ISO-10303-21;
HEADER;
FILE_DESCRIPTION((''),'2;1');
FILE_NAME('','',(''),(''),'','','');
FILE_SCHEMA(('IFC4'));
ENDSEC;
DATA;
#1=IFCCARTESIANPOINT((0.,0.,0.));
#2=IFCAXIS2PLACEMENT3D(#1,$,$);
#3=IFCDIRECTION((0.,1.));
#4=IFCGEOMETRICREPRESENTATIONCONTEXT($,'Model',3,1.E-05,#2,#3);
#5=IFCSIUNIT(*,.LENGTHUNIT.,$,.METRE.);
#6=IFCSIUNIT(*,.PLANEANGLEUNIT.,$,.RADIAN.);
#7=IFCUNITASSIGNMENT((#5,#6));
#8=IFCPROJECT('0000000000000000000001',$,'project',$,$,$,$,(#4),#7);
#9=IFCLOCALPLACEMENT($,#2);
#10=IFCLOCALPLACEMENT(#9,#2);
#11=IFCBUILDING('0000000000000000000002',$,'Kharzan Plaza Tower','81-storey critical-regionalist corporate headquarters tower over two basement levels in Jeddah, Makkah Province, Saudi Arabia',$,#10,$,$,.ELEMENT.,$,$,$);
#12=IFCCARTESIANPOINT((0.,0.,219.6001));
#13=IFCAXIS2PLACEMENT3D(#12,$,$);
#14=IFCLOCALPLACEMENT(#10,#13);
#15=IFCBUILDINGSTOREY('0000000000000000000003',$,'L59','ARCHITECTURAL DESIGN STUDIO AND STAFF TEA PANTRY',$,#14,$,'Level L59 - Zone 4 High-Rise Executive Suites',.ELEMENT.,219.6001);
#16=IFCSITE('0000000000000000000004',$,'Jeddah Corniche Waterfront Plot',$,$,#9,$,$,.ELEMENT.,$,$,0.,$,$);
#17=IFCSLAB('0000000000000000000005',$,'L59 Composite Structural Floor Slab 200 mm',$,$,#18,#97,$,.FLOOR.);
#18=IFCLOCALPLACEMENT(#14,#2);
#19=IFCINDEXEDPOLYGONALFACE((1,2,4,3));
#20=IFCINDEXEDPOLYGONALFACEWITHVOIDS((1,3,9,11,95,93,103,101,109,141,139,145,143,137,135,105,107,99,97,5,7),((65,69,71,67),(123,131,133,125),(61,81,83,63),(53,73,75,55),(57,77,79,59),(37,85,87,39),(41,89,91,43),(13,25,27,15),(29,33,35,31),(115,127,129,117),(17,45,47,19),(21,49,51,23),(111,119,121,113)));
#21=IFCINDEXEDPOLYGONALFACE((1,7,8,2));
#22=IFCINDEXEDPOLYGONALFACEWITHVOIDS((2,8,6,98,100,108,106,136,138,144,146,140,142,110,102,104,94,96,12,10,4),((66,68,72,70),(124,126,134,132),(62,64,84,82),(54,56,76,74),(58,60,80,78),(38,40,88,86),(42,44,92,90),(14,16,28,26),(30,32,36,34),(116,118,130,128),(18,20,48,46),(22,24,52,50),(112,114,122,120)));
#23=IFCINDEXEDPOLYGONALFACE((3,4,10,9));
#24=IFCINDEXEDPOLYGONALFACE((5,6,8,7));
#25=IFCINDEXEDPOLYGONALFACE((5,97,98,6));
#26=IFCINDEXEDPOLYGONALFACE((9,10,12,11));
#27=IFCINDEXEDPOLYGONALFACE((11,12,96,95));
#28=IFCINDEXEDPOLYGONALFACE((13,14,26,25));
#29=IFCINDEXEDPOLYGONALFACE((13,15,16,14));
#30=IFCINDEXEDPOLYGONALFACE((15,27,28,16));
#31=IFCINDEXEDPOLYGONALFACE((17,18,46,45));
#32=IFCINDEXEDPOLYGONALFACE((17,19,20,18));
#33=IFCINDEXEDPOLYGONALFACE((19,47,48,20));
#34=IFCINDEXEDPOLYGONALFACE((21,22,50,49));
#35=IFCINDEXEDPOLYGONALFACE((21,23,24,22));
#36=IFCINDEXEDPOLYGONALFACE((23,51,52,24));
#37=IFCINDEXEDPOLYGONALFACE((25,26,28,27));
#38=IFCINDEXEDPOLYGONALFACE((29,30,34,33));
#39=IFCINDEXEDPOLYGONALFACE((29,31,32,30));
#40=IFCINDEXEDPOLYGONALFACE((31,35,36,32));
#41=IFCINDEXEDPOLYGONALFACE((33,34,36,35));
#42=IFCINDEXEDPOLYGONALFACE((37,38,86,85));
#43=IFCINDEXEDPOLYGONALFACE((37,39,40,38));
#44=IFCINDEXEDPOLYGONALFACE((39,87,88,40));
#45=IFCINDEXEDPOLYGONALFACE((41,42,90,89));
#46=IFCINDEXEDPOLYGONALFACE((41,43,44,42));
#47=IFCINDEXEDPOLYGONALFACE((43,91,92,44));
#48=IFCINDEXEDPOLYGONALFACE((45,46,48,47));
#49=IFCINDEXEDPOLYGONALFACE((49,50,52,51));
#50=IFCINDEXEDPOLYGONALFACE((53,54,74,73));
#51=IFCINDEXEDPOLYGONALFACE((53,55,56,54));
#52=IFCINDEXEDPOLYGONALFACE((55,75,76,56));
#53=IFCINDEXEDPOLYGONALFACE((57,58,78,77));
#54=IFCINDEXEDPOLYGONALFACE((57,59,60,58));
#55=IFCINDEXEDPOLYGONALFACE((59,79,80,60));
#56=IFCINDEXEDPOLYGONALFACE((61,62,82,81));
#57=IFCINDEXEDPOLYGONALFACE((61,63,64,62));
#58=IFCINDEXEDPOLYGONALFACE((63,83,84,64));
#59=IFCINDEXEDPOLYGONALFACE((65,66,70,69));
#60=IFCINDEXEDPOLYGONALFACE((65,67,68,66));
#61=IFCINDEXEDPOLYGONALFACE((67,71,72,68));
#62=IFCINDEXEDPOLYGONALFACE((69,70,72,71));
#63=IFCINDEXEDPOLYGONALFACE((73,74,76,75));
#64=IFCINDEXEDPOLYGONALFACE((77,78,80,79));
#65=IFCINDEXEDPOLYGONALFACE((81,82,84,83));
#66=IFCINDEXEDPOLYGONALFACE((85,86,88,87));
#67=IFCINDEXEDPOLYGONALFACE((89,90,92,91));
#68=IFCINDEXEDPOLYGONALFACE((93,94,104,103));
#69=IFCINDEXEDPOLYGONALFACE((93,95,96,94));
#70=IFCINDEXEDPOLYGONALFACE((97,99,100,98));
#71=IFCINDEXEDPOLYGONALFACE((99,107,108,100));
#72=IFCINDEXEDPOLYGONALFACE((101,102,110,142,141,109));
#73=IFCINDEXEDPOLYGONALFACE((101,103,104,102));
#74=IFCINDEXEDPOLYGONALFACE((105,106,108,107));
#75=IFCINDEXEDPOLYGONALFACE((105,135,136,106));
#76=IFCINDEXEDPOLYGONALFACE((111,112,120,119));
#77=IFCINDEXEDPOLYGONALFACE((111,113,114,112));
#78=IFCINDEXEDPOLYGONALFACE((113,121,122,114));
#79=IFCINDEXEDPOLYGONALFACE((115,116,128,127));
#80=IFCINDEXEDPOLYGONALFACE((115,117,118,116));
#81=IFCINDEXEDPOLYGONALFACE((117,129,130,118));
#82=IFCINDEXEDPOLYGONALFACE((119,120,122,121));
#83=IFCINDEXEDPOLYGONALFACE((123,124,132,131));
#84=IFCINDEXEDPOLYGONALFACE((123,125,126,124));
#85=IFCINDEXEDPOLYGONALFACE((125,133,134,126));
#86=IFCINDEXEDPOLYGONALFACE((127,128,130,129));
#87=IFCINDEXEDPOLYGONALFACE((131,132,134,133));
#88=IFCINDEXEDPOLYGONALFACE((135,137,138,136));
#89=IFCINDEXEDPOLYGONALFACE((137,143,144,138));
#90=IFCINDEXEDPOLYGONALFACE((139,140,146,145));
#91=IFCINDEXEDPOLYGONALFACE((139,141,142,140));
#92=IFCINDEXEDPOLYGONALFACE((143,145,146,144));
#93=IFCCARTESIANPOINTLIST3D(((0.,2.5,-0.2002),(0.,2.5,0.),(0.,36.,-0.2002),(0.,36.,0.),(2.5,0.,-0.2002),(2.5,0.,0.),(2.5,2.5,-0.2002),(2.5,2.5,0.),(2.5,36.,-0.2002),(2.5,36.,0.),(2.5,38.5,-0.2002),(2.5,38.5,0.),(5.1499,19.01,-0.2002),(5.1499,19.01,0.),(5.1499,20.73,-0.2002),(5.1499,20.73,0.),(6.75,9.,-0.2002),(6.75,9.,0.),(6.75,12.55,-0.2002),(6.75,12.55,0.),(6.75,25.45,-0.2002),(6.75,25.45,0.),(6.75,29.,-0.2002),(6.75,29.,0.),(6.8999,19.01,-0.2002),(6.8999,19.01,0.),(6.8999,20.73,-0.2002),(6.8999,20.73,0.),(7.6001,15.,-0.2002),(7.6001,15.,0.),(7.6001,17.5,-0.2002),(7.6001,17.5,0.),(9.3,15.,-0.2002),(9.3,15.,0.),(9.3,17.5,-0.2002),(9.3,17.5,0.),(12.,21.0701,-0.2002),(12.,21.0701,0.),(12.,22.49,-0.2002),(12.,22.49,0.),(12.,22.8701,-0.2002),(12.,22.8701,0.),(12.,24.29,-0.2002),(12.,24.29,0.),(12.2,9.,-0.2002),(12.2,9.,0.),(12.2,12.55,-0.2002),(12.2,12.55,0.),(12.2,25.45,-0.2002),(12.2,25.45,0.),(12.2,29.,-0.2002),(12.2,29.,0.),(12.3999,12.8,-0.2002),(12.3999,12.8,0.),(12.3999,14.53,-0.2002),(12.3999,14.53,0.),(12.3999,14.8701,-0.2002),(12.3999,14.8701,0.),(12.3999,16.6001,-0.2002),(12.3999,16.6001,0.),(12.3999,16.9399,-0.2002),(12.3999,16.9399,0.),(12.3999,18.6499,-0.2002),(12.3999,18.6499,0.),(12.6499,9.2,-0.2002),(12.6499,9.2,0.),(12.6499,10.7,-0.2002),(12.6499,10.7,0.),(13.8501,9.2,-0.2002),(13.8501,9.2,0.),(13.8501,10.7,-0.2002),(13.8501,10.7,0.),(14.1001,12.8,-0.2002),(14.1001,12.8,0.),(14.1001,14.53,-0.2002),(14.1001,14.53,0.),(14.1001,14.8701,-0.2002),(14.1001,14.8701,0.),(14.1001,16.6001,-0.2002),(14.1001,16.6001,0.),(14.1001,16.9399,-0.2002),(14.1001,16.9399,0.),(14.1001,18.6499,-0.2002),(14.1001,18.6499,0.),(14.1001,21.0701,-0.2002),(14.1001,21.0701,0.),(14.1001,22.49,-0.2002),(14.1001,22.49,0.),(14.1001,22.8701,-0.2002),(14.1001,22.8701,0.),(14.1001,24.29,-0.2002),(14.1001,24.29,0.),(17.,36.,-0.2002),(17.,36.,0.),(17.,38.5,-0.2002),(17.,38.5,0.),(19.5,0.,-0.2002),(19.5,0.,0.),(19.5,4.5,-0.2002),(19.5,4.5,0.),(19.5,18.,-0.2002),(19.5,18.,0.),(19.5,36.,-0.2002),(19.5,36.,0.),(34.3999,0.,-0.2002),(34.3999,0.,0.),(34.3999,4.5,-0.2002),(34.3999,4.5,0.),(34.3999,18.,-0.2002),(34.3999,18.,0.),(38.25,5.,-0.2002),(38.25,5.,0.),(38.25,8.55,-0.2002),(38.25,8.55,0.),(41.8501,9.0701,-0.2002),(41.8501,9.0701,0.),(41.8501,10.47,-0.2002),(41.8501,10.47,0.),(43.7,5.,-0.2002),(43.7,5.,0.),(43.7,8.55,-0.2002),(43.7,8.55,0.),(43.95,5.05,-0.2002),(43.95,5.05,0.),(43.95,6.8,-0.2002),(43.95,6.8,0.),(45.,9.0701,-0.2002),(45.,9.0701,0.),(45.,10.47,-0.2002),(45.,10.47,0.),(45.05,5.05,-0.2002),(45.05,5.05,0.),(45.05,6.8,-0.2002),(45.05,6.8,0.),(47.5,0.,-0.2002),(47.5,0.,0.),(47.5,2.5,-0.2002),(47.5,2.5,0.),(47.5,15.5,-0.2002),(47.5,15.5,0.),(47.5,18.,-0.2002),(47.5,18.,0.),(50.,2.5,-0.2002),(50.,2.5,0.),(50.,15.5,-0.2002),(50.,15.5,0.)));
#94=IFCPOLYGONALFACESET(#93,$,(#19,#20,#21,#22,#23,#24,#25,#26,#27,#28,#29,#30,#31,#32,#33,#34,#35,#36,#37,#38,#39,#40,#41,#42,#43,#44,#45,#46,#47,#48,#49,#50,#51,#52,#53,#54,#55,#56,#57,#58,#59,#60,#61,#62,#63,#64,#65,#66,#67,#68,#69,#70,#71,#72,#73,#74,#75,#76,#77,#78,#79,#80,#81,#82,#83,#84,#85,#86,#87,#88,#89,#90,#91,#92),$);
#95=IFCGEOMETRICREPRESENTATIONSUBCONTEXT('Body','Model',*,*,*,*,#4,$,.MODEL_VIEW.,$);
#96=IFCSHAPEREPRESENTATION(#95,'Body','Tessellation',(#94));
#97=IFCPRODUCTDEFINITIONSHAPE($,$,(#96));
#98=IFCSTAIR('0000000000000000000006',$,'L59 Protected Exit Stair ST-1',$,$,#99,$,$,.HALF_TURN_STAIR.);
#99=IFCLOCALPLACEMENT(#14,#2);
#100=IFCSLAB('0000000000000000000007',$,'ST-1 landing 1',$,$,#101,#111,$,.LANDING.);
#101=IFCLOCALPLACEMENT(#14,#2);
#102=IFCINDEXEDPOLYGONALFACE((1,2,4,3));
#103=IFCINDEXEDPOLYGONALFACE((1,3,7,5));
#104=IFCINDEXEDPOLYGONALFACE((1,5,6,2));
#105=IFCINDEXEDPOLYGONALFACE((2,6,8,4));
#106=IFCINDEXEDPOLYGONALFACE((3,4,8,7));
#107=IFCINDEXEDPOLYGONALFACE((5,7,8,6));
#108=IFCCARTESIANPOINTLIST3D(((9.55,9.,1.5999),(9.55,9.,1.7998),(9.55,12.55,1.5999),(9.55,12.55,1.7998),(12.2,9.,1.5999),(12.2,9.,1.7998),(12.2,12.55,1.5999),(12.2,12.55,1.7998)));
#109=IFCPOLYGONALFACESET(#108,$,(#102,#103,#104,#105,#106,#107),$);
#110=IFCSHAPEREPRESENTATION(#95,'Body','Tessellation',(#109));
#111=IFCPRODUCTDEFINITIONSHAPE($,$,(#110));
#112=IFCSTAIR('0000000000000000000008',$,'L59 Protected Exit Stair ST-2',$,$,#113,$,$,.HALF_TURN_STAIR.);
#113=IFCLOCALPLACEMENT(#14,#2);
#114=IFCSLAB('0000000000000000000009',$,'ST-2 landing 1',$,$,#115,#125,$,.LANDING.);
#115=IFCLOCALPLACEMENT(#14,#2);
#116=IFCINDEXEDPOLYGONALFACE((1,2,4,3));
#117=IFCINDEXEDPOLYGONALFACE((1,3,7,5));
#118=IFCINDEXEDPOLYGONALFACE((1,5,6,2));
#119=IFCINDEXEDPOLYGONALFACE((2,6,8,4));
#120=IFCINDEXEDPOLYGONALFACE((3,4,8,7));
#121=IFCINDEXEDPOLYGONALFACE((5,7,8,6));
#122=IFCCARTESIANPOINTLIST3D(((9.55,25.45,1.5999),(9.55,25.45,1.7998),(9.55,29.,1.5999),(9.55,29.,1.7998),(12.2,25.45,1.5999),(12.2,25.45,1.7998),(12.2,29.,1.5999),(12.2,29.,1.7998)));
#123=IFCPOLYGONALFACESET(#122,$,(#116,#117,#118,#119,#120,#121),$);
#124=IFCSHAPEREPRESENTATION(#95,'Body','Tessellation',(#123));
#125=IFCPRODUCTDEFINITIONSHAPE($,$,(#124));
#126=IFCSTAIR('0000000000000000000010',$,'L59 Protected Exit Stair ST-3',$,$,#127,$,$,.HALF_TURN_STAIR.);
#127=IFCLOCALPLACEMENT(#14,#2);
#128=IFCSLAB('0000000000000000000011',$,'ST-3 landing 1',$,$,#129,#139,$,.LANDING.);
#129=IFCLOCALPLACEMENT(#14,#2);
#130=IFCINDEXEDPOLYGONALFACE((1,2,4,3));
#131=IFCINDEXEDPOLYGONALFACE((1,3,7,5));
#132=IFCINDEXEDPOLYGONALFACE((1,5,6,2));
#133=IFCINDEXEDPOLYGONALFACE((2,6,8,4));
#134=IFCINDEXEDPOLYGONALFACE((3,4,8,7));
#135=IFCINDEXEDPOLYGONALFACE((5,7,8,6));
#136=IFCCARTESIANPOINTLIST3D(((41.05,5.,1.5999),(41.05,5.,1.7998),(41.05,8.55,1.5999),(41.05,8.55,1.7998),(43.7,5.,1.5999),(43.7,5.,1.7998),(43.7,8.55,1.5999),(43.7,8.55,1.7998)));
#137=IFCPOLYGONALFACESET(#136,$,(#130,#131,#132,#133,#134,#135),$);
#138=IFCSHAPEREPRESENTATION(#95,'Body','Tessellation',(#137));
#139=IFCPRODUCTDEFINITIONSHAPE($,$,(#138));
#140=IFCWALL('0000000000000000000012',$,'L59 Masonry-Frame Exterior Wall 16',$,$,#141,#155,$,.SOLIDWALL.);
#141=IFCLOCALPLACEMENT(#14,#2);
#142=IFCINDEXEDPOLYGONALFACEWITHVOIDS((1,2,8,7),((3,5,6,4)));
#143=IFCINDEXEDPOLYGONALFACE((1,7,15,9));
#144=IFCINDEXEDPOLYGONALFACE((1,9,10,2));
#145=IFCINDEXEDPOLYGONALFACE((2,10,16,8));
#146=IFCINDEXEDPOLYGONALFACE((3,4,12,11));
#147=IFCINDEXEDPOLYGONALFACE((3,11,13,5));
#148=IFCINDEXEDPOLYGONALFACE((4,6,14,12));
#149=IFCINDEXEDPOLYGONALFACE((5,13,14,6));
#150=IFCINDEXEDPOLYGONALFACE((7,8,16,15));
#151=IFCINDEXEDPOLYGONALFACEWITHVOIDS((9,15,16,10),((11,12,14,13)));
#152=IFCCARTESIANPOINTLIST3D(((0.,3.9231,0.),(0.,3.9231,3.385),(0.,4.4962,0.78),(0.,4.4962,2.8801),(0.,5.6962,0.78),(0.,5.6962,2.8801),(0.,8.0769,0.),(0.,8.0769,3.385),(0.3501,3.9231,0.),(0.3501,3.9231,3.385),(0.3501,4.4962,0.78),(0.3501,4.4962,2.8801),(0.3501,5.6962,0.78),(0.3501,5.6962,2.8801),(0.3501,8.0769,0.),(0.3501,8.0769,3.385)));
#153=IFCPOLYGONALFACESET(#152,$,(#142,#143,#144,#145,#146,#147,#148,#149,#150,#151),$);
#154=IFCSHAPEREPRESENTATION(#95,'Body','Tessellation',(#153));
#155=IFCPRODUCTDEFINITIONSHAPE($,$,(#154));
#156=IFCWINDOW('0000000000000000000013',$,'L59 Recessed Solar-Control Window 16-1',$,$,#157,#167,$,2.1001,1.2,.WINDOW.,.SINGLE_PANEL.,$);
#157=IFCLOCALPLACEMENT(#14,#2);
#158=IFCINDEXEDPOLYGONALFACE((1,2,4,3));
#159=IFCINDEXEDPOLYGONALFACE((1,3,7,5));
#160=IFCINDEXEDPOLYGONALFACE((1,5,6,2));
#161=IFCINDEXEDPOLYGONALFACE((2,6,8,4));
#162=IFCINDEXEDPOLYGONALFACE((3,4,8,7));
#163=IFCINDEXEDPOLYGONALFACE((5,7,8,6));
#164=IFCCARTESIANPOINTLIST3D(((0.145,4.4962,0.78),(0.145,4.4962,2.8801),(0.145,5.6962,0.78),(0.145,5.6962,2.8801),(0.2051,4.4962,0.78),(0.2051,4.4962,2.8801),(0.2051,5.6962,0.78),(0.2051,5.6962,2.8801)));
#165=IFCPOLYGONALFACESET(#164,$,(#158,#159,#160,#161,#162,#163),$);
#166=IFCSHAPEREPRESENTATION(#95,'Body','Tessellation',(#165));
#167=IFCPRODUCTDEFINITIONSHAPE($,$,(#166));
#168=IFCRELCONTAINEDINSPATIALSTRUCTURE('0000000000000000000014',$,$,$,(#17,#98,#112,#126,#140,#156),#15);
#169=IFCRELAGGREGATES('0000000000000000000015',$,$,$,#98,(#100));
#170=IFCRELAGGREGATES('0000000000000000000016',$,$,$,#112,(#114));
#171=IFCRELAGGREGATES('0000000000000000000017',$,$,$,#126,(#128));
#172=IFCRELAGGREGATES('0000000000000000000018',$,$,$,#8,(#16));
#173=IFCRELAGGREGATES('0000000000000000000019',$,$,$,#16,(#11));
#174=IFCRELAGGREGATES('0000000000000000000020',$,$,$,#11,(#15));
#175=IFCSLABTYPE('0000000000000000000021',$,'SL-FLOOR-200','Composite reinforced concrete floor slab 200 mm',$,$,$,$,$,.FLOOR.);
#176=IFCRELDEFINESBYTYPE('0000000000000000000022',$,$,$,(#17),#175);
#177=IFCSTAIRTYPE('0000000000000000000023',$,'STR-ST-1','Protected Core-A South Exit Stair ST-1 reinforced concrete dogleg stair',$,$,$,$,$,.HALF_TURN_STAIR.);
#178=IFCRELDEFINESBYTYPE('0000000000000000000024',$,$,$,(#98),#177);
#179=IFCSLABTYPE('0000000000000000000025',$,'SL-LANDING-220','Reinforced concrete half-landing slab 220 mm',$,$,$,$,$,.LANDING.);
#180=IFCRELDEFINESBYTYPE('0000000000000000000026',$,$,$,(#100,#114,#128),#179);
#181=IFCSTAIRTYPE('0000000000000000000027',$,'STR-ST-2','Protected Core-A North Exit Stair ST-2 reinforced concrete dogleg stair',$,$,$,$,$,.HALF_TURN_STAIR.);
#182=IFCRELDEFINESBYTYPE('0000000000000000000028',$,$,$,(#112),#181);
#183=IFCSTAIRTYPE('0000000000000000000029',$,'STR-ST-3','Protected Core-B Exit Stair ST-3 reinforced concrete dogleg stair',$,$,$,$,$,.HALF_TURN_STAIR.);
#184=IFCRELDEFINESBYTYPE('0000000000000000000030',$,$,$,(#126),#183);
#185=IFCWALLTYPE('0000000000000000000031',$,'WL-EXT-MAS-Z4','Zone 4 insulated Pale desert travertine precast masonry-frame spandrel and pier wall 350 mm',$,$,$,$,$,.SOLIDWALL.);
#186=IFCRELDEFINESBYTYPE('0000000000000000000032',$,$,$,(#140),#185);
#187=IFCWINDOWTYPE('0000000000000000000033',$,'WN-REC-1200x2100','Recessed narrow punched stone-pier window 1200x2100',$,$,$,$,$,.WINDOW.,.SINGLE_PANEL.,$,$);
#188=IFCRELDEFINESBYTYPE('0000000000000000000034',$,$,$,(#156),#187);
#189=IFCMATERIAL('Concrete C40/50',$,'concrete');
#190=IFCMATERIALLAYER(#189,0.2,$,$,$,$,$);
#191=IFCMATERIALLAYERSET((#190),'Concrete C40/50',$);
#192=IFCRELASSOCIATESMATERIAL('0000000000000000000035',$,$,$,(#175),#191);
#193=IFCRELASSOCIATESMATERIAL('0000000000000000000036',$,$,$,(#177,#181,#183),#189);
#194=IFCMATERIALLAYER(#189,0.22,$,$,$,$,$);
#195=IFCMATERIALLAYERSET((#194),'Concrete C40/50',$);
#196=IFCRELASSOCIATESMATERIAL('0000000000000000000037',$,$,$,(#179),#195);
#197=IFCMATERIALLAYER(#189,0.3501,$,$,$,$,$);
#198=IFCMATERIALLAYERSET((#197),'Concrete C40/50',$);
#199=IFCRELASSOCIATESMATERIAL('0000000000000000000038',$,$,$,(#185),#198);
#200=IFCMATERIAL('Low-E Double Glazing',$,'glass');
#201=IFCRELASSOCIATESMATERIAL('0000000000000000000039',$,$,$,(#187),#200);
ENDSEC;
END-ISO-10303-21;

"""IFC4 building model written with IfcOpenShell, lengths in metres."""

from ifc_helpers import new_model, si_unit, direction, frame, frame_2d, origin, place, context, subcontext, project, spatial, polyline, rectangle, outline, extrude, source, transform, mapped, material, layer, layer_set, type_object, element, fill, aggregate, save


model = new_model("IFC4")

# Units and contexts
model_context = context("Model", 3, precision=1e-05, world=origin(), true_north=direction((0.0, 1.0)))
body_context = subcontext(model_context, "Body", "Model", "MODEL_VIEW")
ifc_project = project(units=[si_unit("LENGTHUNIT", "METRE"), si_unit("PLANEANGLEUNIT", "RADIAN")], contexts=[model_context])

# Site, building, storey
site_placement = place(None, origin())
site = spatial("IfcSite", under=ifc_project, at=site_placement, Name="Jeddah Corniche Waterfront Plot", CompositionType="ELEMENT", RefElevation=0.0)
building_placement = place(site_placement, origin())
building = spatial("IfcBuilding", under=site, at=building_placement, Name="Kharzan Plaza Tower", Description="81-storey critical-regionalist corporate headquarters tower over two basement levels in Jeddah, Makkah Province, Saudi Arabia", CompositionType="ELEMENT")
storey_placement = place(building_placement, frame((0.0, 0.0, 219.6001)))
storey = spatial("IfcBuildingStorey", under=building, at=storey_placement, Name="L59", Description="ARCHITECTURAL DESIGN STUDIO AND STAFF TEA PANTRY", LongName="Level L59 - Zone 4 High-Rise Executive Suites", CompositionType="ELEMENT", Elevation=219.6001)

# Slab
ifc_material_1 = material(Name="Concrete C40/50", Category="concrete")
ifc_layer_1 = layer(ifc_material_1, 0.2)
ifc_layer_set_1 = layer_set([ifc_layer_1], Name="Concrete C40/50")
slab_type_1 = type_object("IfcSlabType", Name="SL-FLOOR-200", Description="Composite reinforced concrete floor slab 200 mm", PredefinedType="FLOOR", material=ifc_layer_set_1)
slab_1_placement = place(storey_placement, frame((0.0, 0.0, -0.2002)))
element("IfcSlab", 1, at=slab_1_placement, inside=storey, type_object=slab_type_1, Name="L59 Composite Structural Floor Slab 200 mm", PredefinedType="FLOOR", context=body_context, shape_type="SweptSolid", body=[
    extrude(outline(polyline([(34.3999, 18.0), (19.5, 18.0), (19.5, 36.0), (17.0, 36.0), (17.0, 38.5), (2.5, 38.5), (2.5, 36.0), (0.0, 36.0), (0.0, 2.5), (2.5, 2.5), (2.5, 0.0), (19.5, 0.0), (19.5, 4.5), (34.3999, 4.5), (34.3999, 0.0), (47.5, 0.0), (47.5, 2.5), (50.0, 2.5), (50.0, 15.5), (47.5, 15.5), (47.5, 18.0), (34.3999, 18.0)]), holes=[polyline([(12.2, 12.55), (6.75, 12.55), (6.75, 9.0), (12.2, 9.0), (12.2, 12.55)]), polyline([(14.1001, 12.8), (14.1001, 14.53), (12.3999, 14.53), (12.3999, 12.8), (14.1001, 12.8)]), polyline([(9.3, 15.0), (9.3, 17.5), (7.6001, 17.5), (7.6001, 15.0), (9.3, 15.0)]), polyline([(6.8999, 20.73), (5.1499, 20.73), (5.1499, 19.01), (6.8999, 19.01), (6.8999, 20.73)]), polyline([(14.1001, 21.0701), (14.1001, 22.49), (12.0, 22.49), (12.0, 21.0701), (14.1001, 21.0701)]), polyline([(14.1001, 22.8701), (14.1001, 24.29), (12.0, 24.29), (12.0, 22.8701), (14.1001, 22.8701)]), polyline([(12.2, 29.0), (6.75, 29.0), (6.75, 25.45), (12.2, 25.45), (12.2, 29.0)]), polyline([(45.05, 5.05), (45.05, 6.8), (43.95, 6.8), (43.95, 5.05), (45.05, 5.05)]), polyline([(43.7, 5.0), (43.7, 8.55), (38.25, 8.55), (38.25, 5.0), (43.7, 5.0)]), polyline([(45.0, 9.0701), (45.0, 10.47), (41.8501, 10.47), (41.8501, 9.0701), (45.0, 9.0701)]), polyline([(13.8501, 9.2), (13.8501, 10.7), (12.6499, 10.7), (12.6499, 9.2), (13.8501, 9.2)]), polyline([(14.1001, 14.8701), (14.1001, 16.6001), (12.3999, 16.6001), (12.3999, 14.8701), (14.1001, 14.8701)]), polyline([(14.1001, 16.9399), (14.1001, 18.6499), (12.3999, 18.6499), (12.3999, 16.9399), (14.1001, 16.9399)])]), origin(), (0.0, 0.0, 1.0), 0.2002),
])

# Stairs, slabs
stair_type_1 = type_object("IfcStairType", Name="STR-ST-1", Description="Protected Core-A South Exit Stair ST-1 reinforced concrete dogleg stair", PredefinedType="HALF_TURN_STAIR", material=ifc_material_1)
stair_1_placement = place(storey_placement, origin())
stair_1 = element("IfcStair", 2, at=stair_1_placement, inside=storey, type_object=stair_type_1, Name="L59 Protected Exit Stair ST-1", PredefinedType="HALF_TURN_STAIR")
ifc_layer_2 = layer(ifc_material_1, 0.22)
ifc_layer_set_2 = layer_set([ifc_layer_2], Name="Concrete C40/50")
slab_type_2 = type_object("IfcSlabType", Name="SL-LANDING-220", Description="Reinforced concrete half-landing slab 220 mm", PredefinedType="LANDING", material=ifc_layer_set_2)
slab_2_placement = place(storey_placement, frame((0.0, 0.0, 1.5999)))
slab_2 = element("IfcSlab", 3, at=slab_2_placement, type_object=slab_type_2, Name="ST-1 landing 1", PredefinedType="LANDING", context=body_context, shape_type="SweptSolid", body=[
    extrude(outline(polyline([(9.55, 9.0), (12.2, 9.0), (12.2, 12.55), (9.55, 12.55), (9.55, 9.0)])), origin(), (0.0, 0.0, 1.0), 0.2),
])
aggregate(stair_1, [slab_2])
stair_type_2 = type_object("IfcStairType", Name="STR-ST-2", Description="Protected Core-A North Exit Stair ST-2 reinforced concrete dogleg stair", PredefinedType="HALF_TURN_STAIR", material=ifc_material_1)
stair_2_placement = place(storey_placement, origin())
stair_2 = element("IfcStair", 4, at=stair_2_placement, inside=storey, type_object=stair_type_2, Name="L59 Protected Exit Stair ST-2", PredefinedType="HALF_TURN_STAIR")
slab_3_placement = place(storey_placement, frame((0.0, 0.0, 1.5999)))
slab_3 = element("IfcSlab", 5, at=slab_3_placement, type_object=slab_type_2, Name="ST-2 landing 1", PredefinedType="LANDING", context=body_context, shape_type="SweptSolid", body=[
    extrude(outline(polyline([(9.55, 25.45), (12.2, 25.45), (12.2, 29.0), (9.55, 29.0), (9.55, 25.45)])), origin(), (0.0, 0.0, 1.0), 0.2),
])
aggregate(stair_2, [slab_3])
stair_type_3 = type_object("IfcStairType", Name="STR-ST-3", Description="Protected Core-B Exit Stair ST-3 reinforced concrete dogleg stair", PredefinedType="HALF_TURN_STAIR", material=ifc_material_1)
stair_3_placement = place(storey_placement, origin())
stair_3 = element("IfcStair", 6, at=stair_3_placement, inside=storey, type_object=stair_type_3, Name="L59 Protected Exit Stair ST-3", PredefinedType="HALF_TURN_STAIR")
slab_4_placement = place(storey_placement, frame((0.0, 0.0, 1.5999)))
slab_4 = element("IfcSlab", 7, at=slab_4_placement, type_object=slab_type_2, Name="ST-3 landing 1", PredefinedType="LANDING", context=body_context, shape_type="SweptSolid", body=[
    extrude(outline(polyline([(41.05, 5.0), (43.7, 5.0), (43.7, 8.55), (41.05, 8.55), (41.05, 5.0)])), origin(), (0.0, 0.0, 1.0), 0.2),
])
aggregate(stair_3, [slab_4])

# Wall, opening, window
ifc_layer_3 = layer(ifc_material_1, 0.3501)
ifc_layer_set_3 = layer_set([ifc_layer_3], Name="Concrete C40/50")
wall_type_1 = type_object("IfcWallType", Name="WL-EXT-MAS-Z4", Description="Zone 4 insulated Pale desert travertine precast masonry-frame spandrel and pier wall 350 mm", PredefinedType="SOLIDWALL", material=ifc_layer_set_3)
wall_1_placement = place(storey_placement, frame((0.175, 8.0769, 0.0), z_axis=(0.0, 0.0, 1.0), x_axis=(0.0, -1.0, 0.0)))
wall_1 = element("IfcWall", 8, at=wall_1_placement, inside=storey, type_object=wall_type_1, Name="L59 Masonry-Frame Exterior Wall 16", PredefinedType="SOLIDWALL", context=body_context, shape_type="SweptSolid", body=[
    extrude(rectangle(XDim=4.1538, YDim=0.3501, at=frame_2d((2.0769, 0.0))), origin(), (0.0, 0.0, 1.0), 3.385),
])
opening_1_placement = place(wall_1_placement, frame((2.3806, 0.0, 0.78)))
opening_1 = element("IfcOpeningElement", 9, at=opening_1_placement, cuts=wall_1, PredefinedType="OPENING", context=body_context, shape_type="SweptSolid", body=[
    extrude(rectangle(XDim=1.2, YDim=2.1001, at=frame_2d((0.6001, 1.05))), frame((0.0, 0.1851, 0.0), z_axis=(0.0, -1.0, 0.0), x_axis=(1.0, 0.0, 0.0)), (0.0, 0.0, 1.0), 0.3701),
])
ifc_material_2 = material(Name="Low-E Double Glazing", Category="glass")
window_type_1 = type_object("IfcWindowType", Name="WN-REC-1200x2100", Description="Recessed narrow punched stone-pier window 1200x2100", PartitioningType="SINGLE_PANEL", PredefinedType="WINDOW", material=ifc_material_2)
shared_shape_1 = source(origin(), body_context, "Body", "SweptSolid", [
    extrude(rectangle(XDim=1.2, YDim=2.1001, at=frame_2d((0.6001, 1.05))), frame((0.0, 0.03, 0.0), z_axis=(0.0, -1.0, 0.0), x_axis=(1.0, 0.0, 0.0)), (0.0, 0.0, 1.0), 0.0601),
])
window_1_placement = place(opening_1_placement, origin())
window_1 = element("IfcWindow", 10, at=window_1_placement, inside=storey, type_object=window_type_1, Name="L59 Recessed Solar-Control Window 16-1", OverallHeight=2.1001, OverallWidth=1.2, PartitioningType="SINGLE_PANEL", PredefinedType="WINDOW", context=body_context, shape_type="MappedRepresentation", body=[
    mapped(shared_shape_1, transform((0.0, 0.0, 0.0), x_axis=(1.0, 0.0, 0.0), y_axis=(0.0, 1.0, 0.0), z_axis=(0.0, 0.0, 1.0))),
])
fill(opening_1, window_1)

save(model, "model.ifc")
